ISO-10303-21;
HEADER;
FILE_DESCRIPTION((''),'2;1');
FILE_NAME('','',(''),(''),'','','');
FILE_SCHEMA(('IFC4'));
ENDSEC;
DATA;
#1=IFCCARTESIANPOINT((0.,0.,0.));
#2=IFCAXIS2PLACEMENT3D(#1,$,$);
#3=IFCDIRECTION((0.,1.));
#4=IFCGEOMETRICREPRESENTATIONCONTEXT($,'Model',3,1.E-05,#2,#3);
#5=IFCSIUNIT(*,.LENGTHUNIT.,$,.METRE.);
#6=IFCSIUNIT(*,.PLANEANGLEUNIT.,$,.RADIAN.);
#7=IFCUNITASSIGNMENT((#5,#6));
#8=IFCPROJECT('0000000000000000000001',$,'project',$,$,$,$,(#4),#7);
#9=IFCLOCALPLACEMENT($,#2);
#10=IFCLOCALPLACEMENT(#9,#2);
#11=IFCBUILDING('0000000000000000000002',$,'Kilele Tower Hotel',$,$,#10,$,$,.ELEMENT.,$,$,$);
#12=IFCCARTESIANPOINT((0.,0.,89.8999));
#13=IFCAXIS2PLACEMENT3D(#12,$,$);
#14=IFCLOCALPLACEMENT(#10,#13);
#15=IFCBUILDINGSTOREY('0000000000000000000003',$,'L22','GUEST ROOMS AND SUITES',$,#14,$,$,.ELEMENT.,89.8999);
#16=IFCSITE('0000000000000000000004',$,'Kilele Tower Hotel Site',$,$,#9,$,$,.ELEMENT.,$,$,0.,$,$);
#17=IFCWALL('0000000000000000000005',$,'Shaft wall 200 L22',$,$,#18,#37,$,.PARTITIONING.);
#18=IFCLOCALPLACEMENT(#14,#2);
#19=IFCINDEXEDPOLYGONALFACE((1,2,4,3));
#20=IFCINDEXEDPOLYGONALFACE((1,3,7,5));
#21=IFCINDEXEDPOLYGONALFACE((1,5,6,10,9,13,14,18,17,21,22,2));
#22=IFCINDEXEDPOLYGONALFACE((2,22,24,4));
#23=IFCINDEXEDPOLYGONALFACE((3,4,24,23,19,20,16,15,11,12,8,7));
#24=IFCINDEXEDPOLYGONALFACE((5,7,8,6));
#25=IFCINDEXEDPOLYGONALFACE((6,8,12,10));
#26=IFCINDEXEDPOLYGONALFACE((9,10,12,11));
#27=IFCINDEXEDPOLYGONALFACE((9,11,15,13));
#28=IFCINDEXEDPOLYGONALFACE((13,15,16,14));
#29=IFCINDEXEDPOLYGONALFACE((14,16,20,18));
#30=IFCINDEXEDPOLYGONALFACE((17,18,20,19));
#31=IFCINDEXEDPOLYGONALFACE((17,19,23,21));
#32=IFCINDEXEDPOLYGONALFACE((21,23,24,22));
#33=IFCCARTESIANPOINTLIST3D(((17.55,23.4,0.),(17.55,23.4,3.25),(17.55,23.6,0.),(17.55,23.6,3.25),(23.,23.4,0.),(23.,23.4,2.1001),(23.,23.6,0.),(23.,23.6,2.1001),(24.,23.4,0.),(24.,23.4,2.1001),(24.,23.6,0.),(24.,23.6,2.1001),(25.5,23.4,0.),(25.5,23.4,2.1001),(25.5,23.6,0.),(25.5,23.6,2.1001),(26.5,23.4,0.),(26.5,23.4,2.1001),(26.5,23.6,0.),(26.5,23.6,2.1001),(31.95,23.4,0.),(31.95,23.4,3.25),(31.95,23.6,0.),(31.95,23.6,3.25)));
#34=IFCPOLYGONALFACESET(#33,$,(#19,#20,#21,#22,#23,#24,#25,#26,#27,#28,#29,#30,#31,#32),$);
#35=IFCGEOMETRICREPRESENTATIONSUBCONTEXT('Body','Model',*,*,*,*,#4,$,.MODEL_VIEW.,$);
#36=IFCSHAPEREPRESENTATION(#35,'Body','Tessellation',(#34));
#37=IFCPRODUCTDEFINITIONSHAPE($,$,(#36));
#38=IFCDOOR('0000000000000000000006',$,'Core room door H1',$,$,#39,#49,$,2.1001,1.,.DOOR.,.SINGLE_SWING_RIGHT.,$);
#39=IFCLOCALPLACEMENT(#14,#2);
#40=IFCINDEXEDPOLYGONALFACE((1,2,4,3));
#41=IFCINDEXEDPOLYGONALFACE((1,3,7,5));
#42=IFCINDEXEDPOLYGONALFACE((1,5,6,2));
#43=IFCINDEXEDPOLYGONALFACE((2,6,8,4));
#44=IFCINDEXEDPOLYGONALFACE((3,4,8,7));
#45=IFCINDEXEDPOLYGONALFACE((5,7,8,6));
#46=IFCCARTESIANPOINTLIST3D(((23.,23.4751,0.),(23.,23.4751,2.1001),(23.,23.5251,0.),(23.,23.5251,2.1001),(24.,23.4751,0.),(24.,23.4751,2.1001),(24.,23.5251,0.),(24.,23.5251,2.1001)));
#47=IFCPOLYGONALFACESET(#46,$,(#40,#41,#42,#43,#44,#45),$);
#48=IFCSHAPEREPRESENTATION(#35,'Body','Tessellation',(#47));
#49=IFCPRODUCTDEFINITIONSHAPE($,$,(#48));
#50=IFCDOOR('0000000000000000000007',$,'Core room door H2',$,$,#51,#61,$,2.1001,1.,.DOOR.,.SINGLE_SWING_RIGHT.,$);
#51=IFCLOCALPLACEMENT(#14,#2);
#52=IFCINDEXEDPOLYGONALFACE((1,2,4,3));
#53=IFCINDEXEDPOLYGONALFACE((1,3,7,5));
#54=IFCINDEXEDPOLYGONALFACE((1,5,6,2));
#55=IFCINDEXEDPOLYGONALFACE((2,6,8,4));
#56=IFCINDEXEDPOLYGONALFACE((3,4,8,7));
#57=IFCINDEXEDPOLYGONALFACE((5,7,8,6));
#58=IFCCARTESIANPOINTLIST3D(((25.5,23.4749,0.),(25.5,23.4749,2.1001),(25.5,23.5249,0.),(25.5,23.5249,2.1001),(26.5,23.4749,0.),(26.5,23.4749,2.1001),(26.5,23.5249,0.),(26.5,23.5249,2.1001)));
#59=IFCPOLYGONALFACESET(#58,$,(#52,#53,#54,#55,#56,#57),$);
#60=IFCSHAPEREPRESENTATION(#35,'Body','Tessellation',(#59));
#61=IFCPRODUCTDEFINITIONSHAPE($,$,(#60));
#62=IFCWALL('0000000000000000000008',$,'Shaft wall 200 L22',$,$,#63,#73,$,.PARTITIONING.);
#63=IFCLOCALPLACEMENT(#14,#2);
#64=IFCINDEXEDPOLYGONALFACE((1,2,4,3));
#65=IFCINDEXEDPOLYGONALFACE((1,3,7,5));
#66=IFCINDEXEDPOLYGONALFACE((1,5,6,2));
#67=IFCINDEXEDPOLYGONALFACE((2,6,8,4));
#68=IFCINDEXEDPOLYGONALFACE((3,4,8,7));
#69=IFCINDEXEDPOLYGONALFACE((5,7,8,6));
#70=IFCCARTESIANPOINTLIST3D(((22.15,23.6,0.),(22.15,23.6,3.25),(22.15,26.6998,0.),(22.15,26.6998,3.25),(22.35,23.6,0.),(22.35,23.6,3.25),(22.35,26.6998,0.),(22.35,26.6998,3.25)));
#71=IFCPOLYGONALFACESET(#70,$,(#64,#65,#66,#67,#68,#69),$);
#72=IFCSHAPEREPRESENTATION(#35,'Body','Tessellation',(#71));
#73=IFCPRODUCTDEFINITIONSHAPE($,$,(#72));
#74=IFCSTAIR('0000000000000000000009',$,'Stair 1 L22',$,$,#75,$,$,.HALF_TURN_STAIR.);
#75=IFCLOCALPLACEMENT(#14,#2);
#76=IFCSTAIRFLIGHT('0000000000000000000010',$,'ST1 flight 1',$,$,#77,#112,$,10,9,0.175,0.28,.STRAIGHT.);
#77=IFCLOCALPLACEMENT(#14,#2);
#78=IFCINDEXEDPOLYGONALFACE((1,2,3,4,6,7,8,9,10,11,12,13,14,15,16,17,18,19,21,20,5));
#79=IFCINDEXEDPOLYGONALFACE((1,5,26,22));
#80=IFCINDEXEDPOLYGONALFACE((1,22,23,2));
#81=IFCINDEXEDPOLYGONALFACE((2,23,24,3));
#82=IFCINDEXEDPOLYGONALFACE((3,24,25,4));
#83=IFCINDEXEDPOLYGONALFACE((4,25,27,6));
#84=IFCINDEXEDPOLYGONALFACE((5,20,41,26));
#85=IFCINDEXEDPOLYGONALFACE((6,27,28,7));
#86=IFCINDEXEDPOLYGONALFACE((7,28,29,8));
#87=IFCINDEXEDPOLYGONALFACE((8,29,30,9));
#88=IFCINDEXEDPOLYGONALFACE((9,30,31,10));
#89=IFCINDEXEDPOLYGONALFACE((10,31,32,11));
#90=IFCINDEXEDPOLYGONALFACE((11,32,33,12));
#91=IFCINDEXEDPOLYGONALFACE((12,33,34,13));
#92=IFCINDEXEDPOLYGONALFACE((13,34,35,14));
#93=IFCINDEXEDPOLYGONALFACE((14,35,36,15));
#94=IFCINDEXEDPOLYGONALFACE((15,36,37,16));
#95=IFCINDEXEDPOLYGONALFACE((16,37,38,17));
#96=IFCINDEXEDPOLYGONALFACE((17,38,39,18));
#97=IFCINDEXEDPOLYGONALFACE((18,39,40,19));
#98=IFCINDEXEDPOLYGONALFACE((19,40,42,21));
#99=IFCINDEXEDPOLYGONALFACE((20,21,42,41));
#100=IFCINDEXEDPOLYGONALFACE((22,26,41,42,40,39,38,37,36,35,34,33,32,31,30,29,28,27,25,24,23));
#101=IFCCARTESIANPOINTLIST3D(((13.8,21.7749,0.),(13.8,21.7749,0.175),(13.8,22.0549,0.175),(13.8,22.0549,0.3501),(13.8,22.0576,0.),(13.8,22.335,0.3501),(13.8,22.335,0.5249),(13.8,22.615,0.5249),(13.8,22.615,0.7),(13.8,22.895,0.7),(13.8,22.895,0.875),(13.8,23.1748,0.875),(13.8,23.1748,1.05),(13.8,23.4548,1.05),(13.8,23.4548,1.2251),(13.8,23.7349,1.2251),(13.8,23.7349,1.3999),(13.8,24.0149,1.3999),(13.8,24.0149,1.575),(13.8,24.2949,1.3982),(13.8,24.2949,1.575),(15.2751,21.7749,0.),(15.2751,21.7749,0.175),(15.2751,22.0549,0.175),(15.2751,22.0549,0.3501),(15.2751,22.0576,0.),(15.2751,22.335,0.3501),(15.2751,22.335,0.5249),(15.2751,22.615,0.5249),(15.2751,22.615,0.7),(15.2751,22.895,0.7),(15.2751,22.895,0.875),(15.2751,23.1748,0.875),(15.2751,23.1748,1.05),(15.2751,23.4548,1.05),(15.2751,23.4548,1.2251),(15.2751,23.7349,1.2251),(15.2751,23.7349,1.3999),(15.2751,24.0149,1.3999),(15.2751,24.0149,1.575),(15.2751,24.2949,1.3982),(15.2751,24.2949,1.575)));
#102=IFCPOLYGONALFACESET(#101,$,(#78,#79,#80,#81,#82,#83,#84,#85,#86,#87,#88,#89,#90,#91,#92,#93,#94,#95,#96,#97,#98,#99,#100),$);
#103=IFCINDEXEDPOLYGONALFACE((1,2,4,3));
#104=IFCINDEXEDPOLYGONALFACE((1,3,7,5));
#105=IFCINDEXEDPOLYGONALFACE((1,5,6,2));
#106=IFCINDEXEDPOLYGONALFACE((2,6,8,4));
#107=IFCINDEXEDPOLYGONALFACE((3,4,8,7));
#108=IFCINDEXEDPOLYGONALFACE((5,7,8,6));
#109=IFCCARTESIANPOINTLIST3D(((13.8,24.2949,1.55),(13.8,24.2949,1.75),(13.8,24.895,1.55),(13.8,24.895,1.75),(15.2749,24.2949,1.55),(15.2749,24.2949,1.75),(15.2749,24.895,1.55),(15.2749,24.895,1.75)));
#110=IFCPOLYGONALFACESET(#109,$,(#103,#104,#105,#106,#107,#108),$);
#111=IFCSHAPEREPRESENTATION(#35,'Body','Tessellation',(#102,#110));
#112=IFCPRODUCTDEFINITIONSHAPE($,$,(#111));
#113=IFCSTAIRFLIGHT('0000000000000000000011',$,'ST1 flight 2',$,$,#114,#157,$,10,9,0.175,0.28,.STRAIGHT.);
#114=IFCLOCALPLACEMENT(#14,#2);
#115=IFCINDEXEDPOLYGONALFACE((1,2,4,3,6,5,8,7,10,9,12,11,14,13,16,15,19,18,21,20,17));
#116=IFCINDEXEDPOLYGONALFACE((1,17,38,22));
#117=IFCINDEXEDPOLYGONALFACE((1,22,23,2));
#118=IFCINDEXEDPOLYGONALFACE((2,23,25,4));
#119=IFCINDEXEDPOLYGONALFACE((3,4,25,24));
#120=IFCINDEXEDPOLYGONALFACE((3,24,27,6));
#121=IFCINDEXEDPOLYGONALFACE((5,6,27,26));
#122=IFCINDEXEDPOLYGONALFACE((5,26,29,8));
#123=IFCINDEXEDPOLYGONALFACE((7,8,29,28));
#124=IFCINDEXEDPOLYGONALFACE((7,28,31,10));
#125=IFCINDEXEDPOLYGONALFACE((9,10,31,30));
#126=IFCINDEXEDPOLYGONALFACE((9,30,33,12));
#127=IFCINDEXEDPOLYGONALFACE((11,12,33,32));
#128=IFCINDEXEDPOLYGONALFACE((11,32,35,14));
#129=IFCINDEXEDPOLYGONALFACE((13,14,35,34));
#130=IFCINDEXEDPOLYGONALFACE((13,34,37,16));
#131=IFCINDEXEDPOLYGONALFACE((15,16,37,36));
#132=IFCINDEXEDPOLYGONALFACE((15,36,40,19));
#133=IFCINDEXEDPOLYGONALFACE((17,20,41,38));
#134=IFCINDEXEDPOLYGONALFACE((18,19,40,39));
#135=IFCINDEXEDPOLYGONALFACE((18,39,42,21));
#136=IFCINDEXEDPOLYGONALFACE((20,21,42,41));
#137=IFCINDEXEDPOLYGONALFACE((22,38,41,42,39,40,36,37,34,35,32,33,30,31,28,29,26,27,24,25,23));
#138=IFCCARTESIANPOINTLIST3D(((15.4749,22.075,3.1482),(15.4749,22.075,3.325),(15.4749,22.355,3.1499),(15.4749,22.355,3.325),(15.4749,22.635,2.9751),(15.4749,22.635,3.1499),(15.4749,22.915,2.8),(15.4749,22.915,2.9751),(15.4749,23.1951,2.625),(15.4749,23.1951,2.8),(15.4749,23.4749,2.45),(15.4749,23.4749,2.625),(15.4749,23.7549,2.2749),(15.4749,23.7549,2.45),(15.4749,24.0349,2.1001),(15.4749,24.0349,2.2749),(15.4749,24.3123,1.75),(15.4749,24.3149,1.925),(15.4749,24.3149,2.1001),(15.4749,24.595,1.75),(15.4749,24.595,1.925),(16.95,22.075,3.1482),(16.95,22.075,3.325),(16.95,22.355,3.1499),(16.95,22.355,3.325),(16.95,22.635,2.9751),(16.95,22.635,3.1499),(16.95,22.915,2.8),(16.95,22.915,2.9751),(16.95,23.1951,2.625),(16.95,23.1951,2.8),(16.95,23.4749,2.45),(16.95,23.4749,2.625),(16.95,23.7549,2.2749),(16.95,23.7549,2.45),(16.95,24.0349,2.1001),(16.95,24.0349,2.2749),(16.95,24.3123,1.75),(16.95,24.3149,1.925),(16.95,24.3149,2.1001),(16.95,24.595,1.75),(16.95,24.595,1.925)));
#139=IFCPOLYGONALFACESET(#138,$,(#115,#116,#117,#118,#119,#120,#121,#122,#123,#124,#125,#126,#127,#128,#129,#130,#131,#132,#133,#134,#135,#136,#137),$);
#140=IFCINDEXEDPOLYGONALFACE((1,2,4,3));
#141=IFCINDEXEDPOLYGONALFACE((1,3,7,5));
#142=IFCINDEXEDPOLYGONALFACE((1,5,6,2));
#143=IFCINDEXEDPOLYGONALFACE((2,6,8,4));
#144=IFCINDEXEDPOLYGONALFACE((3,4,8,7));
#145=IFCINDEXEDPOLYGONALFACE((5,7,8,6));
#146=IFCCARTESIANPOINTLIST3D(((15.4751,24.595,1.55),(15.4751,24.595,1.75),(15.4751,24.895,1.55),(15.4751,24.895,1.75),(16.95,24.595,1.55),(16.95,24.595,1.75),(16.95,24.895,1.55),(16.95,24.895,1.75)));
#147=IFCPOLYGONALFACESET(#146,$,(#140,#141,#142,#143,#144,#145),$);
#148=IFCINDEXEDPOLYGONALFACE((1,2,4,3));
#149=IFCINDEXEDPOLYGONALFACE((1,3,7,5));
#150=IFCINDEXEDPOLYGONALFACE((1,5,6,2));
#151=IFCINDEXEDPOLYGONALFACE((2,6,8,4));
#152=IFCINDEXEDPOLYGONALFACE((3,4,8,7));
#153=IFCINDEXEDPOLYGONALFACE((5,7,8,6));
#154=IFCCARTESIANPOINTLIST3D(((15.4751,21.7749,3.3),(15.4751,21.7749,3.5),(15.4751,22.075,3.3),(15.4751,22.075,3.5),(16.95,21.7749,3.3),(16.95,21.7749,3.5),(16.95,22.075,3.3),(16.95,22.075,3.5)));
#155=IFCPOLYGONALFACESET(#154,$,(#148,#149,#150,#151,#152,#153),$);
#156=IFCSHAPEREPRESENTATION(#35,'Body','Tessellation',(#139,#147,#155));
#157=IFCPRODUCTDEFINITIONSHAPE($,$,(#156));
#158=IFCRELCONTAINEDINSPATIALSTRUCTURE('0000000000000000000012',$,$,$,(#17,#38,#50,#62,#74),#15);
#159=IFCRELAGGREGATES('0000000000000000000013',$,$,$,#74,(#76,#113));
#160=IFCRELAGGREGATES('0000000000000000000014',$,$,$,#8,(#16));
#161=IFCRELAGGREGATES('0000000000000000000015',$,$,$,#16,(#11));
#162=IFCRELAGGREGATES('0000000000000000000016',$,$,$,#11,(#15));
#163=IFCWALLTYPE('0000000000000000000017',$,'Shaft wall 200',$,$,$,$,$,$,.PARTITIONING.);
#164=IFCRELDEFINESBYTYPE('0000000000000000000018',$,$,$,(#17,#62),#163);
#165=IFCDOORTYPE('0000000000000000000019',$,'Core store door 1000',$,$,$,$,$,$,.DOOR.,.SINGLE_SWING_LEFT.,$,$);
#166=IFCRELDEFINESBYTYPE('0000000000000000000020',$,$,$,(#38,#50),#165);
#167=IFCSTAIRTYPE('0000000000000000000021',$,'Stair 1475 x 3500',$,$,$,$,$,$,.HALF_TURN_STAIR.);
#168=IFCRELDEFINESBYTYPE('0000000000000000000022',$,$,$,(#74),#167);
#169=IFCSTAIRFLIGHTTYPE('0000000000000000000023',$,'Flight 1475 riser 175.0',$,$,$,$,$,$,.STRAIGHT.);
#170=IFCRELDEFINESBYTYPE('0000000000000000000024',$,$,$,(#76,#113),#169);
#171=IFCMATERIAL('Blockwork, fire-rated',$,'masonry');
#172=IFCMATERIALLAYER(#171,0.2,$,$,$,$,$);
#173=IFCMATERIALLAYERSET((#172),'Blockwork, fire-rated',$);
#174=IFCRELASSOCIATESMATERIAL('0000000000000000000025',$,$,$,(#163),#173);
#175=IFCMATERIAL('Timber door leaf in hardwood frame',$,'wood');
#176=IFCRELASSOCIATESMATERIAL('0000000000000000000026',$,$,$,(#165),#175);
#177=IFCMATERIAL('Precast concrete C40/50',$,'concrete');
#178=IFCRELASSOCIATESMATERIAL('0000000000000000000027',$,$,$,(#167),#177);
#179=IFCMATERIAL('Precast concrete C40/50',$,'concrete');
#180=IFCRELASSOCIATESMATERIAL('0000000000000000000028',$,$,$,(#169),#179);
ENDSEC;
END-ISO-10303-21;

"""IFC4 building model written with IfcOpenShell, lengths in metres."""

from ifc_helpers import new_model, si_unit, direction, frame, frame_2d, origin, place, context, subcontext, project, spatial, polyline, rectangle, outline, extrude, material, layer, layer_set, type_object, element, fill, aggregate, save


model = new_model("IFC4")

# Units and contexts
model_context = context("Model", 3, precision=1e-05, world=origin(), true_north=direction((0.0, 1.0)))
body_context = subcontext(model_context, "Body", "Model", "MODEL_VIEW")
ifc_project = project(units=[si_unit("LENGTHUNIT", "METRE"), si_unit("PLANEANGLEUNIT", "RADIAN")], contexts=[model_context])

# Site, building, storey
site_placement = place(None, origin())
site = spatial("IfcSite", under=ifc_project, at=site_placement, Name="Kilele Tower Hotel Site", CompositionType="ELEMENT", RefElevation=0.0)
building_placement = place(site_placement, origin())
building = spatial("IfcBuilding", under=site, at=building_placement, Name="Kilele Tower Hotel", CompositionType="ELEMENT")
storey_placement = place(building_placement, frame((0.0, 0.0, 89.8999)))
storey = spatial("IfcBuildingStorey", under=building, at=storey_placement, Name="L22", Description="GUEST ROOMS AND SUITES", CompositionType="ELEMENT", Elevation=89.8999)

# Shared definitions
ifc_material_1 = material(Name="Blockwork, fire-rated", Category="masonry")
ifc_layer_1 = layer(ifc_material_1, 0.2)
ifc_layer_set_1 = layer_set([ifc_layer_1], Name="Blockwork, fire-rated")
wall_type_1 = type_object("IfcWallType", Name="Shaft wall 200", PredefinedType="PARTITIONING", material=ifc_layer_set_1)

# Wall, openings, doors
wall_1_placement = place(storey_placement, frame((17.55, 23.5, 0.0), z_axis=(0.0, 0.0, 1.0), x_axis=(1.0, 0.0, 0.0)))
wall_1 = element("IfcWall", 1, at=wall_1_placement, inside=storey, type_object=wall_type_1, Name="Shaft wall 200 L22", PredefinedType="PARTITIONING", context=body_context, shape_type="SweptSolid", body=[
    extrude(rectangle(XDim=14.3999, YDim=0.2, at=frame_2d((7.2, 0.0))), origin(), (0.0, 0.0, 1.0), 3.25),
])
opening_1_placement = place(wall_1_placement, frame((6.45, 0.0, 0.0), z_axis=(0.0, 0.0, 1.0), x_axis=(-1.0, 0.0, 0.0)))
opening_1 = element("IfcOpeningElement", 2, at=opening_1_placement, cuts=wall_1, PredefinedType="OPENING", context=body_context, shape_type="SweptSolid", body=[
    extrude(rectangle(XDim=1.0, YDim=2.1001, at=frame_2d((0.5, 1.05))), frame((0.0, 0.1099, 0.0), z_axis=(0.0, -1.0, 0.0), x_axis=(1.0, 0.0, 0.0)), (0.0, 0.0, 1.0), 0.22),
])
opening_2_placement = place(wall_1_placement, frame((7.95, 0.0, 0.0)))
opening_2 = element("IfcOpeningElement", 3, at=opening_2_placement, cuts=wall_1, PredefinedType="OPENING", context=body_context, shape_type="SweptSolid", body=[
    extrude(rectangle(XDim=1.0, YDim=2.1001, at=frame_2d((0.5, 1.05))), frame((0.0, 0.1099, 0.0), z_axis=(0.0, -1.0, 0.0), x_axis=(1.0, 0.0, 0.0)), (0.0, 0.0, 1.0), 0.22),
])
ifc_material_2 = material(Name="Timber door leaf in hardwood frame", Category="wood")
door_type_1 = type_object("IfcDoorType", Name="Core store door 1000", OperationType="SINGLE_SWING_LEFT", PredefinedType="DOOR", material=ifc_material_2)
door_1_placement = place(opening_1_placement, origin())
door_1 = element("IfcDoor", 4, at=door_1_placement, inside=storey, type_object=door_type_1, Name="Core room door H1", OperationType="SINGLE_SWING_RIGHT", OverallHeight=2.1001, OverallWidth=1.0, PredefinedType="DOOR", context=body_context, shape_type="SweptSolid", body=[
    extrude(rectangle(XDim=1.0, YDim=2.1001, at=frame_2d((0.5, 1.05))), frame((0.0, 0.0249, 0.0), z_axis=(0.0, -1.0, 0.0), x_axis=(1.0, 0.0, 0.0)), (0.0, 0.0, 1.0), 0.05),
])
fill(opening_1, door_1)
door_2_placement = place(opening_2_placement, origin())
door_2 = element("IfcDoor", 5, at=door_2_placement, inside=storey, type_object=door_type_1, Name="Core room door H2", OperationType="SINGLE_SWING_RIGHT", OverallHeight=2.1001, OverallWidth=1.0, PredefinedType="DOOR", context=body_context, shape_type="SweptSolid", body=[
    extrude(rectangle(XDim=1.0, YDim=2.1001, at=frame_2d((0.5, 1.05))), frame((0.0, 0.0249, 0.0), z_axis=(0.0, -1.0, 0.0), x_axis=(1.0, 0.0, 0.0)), (0.0, 0.0, 1.0), 0.05),
])
fill(opening_2, door_2)

# Wall
wall_2_placement = place(storey_placement, frame((22.25, 23.6001, 0.0), z_axis=(0.0, 0.0, 1.0), x_axis=(0.0, 1.0, 0.0)))
element("IfcWall", 6, at=wall_2_placement, inside=storey, type_object=wall_type_1, Name="Shaft wall 200 L22", PredefinedType="PARTITIONING", context=body_context, shape_type="SweptSolid", body=[
    extrude(rectangle(XDim=3.0999, YDim=0.2, at=frame_2d((1.5498, 0.0))), origin(), (0.0, 0.0, 1.0), 3.25),
])

# Stair, stair flights
ifc_material_3 = material(Name="Precast concrete C40/50", Category="concrete")
stair_type = type_object("IfcStairType", Name="Stair 1475 x 3500", PredefinedType="HALF_TURN_STAIR", material=ifc_material_3)
stair_placement = place(storey_placement, origin())
stair = element("IfcStair", 7, at=stair_placement, inside=storey, type_object=stair_type, Name="Stair 1 L22", PredefinedType="HALF_TURN_STAIR")
ifc_material_4 = material(Name="Precast concrete C40/50", Category="concrete")
stair_flight_type = type_object("IfcStairFlightType", Name="Flight 1475 riser 175.0", PredefinedType="STRAIGHT", material=ifc_material_4)
stair_flight_1_placement = place(storey_placement, frame((14.5376, 21.7749, 0.0), z_axis=(0.0, 0.0, 1.0), x_axis=(0.0, 1.0, 0.0)))
stair_flight_1 = element("IfcStairFlight", 8, at=stair_flight_1_placement, type_object=stair_flight_type, Name="ST1 flight 1", NumberOfRisers=10, NumberOfTreads=9, PredefinedType="STRAIGHT", RiserHeight=0.175, TreadLength=0.28, context=body_context, shape_type="SweptSolid", body=[
    extrude(outline(polyline([(0.0, 0.0), (0.0, 0.175), (0.28, 0.175), (0.28, 0.3501), (0.5601, 0.3501), (0.5601, 0.5249), (0.8401, 0.5249), (0.8401, 0.7), (1.1201, 0.7), (1.1201, 0.875), (1.3999, 0.875), (1.3999, 1.05), (1.6799, 1.05), (1.6799, 1.2251), (1.96, 1.2251), (1.96, 1.3999), (2.24, 1.3999), (2.24, 1.575), (2.52, 1.575), (2.52, 1.75), (2.52, 1.3982), (0.2827, 0.0), (0.0, 0.0)])), frame((0.0, 0.7375, 0.0), z_axis=(0.0, -1.0, 0.0), x_axis=(1.0, 0.0, 0.0)), (0.0, 0.0, 1.0), 1.4751),
    extrude(outline(polyline([(2.52, 0.7375), (2.52, -0.7373), (3.1201, -0.7373), (3.1201, 0.7375), (2.52, 0.7375)])), frame((0.0, 0.0, 1.55)), (0.0, 0.0, 1.0), 0.2),
])
stair_flight_2_placement = place(storey_placement, frame((16.2124, 24.595, 1.75), z_axis=(0.0, 0.0, 1.0), x_axis=(0.0, -1.0, 0.0)))
stair_flight_2 = element("IfcStairFlight", 9, at=stair_flight_2_placement, type_object=stair_flight_type, Name="ST1 flight 2", NumberOfRisers=10, NumberOfTreads=9, PredefinedType="STRAIGHT", RiserHeight=0.175, TreadLength=0.28, context=body_context, shape_type="SweptSolid", body=[
    extrude(outline(polyline([(0.0, 0.0), (0.0, 0.175), (0.28, 0.175), (0.28, 0.3501), (0.5601, 0.3501), (0.5601, 0.5249), (0.8401, 0.5249), (0.8401, 0.7), (1.1201, 0.7), (1.1201, 0.875), (1.3999, 0.875), (1.3999, 1.05), (1.6799, 1.05), (1.6799, 1.2251), (1.96, 1.2251), (1.96, 1.3999), (2.24, 1.3999), (2.24, 1.575), (2.52, 1.575), (2.52, 1.75), (2.52, 1.3982), (0.2827, 0.0), (0.0, 0.0)])), frame((0.0, 0.7375, 0.0), z_axis=(0.0, -1.0, 0.0), x_axis=(1.0, 0.0, 0.0)), (0.0, 0.0, 1.0), 1.4751),
    extrude(outline(polyline([(0.0, -0.7373), (0.0, 0.7375), (-0.3, 0.7375), (-0.3, -0.7373), (0.0, -0.7373)])), frame((0.0, 0.0, -0.2)), (0.0, 0.0, 1.0), 0.2),
    extrude(outline(polyline([(2.8201, -0.7373), (2.8201, 0.7375), (2.52, 0.7375), (2.52, -0.7373), (2.8201, -0.7373)])), frame((0.0, 0.0, 1.55)), (0.0, 0.0, 1.0), 0.2),
])
aggregate(stair, [stair_flight_1, stair_flight_2])

save(model, "model.ifc")
